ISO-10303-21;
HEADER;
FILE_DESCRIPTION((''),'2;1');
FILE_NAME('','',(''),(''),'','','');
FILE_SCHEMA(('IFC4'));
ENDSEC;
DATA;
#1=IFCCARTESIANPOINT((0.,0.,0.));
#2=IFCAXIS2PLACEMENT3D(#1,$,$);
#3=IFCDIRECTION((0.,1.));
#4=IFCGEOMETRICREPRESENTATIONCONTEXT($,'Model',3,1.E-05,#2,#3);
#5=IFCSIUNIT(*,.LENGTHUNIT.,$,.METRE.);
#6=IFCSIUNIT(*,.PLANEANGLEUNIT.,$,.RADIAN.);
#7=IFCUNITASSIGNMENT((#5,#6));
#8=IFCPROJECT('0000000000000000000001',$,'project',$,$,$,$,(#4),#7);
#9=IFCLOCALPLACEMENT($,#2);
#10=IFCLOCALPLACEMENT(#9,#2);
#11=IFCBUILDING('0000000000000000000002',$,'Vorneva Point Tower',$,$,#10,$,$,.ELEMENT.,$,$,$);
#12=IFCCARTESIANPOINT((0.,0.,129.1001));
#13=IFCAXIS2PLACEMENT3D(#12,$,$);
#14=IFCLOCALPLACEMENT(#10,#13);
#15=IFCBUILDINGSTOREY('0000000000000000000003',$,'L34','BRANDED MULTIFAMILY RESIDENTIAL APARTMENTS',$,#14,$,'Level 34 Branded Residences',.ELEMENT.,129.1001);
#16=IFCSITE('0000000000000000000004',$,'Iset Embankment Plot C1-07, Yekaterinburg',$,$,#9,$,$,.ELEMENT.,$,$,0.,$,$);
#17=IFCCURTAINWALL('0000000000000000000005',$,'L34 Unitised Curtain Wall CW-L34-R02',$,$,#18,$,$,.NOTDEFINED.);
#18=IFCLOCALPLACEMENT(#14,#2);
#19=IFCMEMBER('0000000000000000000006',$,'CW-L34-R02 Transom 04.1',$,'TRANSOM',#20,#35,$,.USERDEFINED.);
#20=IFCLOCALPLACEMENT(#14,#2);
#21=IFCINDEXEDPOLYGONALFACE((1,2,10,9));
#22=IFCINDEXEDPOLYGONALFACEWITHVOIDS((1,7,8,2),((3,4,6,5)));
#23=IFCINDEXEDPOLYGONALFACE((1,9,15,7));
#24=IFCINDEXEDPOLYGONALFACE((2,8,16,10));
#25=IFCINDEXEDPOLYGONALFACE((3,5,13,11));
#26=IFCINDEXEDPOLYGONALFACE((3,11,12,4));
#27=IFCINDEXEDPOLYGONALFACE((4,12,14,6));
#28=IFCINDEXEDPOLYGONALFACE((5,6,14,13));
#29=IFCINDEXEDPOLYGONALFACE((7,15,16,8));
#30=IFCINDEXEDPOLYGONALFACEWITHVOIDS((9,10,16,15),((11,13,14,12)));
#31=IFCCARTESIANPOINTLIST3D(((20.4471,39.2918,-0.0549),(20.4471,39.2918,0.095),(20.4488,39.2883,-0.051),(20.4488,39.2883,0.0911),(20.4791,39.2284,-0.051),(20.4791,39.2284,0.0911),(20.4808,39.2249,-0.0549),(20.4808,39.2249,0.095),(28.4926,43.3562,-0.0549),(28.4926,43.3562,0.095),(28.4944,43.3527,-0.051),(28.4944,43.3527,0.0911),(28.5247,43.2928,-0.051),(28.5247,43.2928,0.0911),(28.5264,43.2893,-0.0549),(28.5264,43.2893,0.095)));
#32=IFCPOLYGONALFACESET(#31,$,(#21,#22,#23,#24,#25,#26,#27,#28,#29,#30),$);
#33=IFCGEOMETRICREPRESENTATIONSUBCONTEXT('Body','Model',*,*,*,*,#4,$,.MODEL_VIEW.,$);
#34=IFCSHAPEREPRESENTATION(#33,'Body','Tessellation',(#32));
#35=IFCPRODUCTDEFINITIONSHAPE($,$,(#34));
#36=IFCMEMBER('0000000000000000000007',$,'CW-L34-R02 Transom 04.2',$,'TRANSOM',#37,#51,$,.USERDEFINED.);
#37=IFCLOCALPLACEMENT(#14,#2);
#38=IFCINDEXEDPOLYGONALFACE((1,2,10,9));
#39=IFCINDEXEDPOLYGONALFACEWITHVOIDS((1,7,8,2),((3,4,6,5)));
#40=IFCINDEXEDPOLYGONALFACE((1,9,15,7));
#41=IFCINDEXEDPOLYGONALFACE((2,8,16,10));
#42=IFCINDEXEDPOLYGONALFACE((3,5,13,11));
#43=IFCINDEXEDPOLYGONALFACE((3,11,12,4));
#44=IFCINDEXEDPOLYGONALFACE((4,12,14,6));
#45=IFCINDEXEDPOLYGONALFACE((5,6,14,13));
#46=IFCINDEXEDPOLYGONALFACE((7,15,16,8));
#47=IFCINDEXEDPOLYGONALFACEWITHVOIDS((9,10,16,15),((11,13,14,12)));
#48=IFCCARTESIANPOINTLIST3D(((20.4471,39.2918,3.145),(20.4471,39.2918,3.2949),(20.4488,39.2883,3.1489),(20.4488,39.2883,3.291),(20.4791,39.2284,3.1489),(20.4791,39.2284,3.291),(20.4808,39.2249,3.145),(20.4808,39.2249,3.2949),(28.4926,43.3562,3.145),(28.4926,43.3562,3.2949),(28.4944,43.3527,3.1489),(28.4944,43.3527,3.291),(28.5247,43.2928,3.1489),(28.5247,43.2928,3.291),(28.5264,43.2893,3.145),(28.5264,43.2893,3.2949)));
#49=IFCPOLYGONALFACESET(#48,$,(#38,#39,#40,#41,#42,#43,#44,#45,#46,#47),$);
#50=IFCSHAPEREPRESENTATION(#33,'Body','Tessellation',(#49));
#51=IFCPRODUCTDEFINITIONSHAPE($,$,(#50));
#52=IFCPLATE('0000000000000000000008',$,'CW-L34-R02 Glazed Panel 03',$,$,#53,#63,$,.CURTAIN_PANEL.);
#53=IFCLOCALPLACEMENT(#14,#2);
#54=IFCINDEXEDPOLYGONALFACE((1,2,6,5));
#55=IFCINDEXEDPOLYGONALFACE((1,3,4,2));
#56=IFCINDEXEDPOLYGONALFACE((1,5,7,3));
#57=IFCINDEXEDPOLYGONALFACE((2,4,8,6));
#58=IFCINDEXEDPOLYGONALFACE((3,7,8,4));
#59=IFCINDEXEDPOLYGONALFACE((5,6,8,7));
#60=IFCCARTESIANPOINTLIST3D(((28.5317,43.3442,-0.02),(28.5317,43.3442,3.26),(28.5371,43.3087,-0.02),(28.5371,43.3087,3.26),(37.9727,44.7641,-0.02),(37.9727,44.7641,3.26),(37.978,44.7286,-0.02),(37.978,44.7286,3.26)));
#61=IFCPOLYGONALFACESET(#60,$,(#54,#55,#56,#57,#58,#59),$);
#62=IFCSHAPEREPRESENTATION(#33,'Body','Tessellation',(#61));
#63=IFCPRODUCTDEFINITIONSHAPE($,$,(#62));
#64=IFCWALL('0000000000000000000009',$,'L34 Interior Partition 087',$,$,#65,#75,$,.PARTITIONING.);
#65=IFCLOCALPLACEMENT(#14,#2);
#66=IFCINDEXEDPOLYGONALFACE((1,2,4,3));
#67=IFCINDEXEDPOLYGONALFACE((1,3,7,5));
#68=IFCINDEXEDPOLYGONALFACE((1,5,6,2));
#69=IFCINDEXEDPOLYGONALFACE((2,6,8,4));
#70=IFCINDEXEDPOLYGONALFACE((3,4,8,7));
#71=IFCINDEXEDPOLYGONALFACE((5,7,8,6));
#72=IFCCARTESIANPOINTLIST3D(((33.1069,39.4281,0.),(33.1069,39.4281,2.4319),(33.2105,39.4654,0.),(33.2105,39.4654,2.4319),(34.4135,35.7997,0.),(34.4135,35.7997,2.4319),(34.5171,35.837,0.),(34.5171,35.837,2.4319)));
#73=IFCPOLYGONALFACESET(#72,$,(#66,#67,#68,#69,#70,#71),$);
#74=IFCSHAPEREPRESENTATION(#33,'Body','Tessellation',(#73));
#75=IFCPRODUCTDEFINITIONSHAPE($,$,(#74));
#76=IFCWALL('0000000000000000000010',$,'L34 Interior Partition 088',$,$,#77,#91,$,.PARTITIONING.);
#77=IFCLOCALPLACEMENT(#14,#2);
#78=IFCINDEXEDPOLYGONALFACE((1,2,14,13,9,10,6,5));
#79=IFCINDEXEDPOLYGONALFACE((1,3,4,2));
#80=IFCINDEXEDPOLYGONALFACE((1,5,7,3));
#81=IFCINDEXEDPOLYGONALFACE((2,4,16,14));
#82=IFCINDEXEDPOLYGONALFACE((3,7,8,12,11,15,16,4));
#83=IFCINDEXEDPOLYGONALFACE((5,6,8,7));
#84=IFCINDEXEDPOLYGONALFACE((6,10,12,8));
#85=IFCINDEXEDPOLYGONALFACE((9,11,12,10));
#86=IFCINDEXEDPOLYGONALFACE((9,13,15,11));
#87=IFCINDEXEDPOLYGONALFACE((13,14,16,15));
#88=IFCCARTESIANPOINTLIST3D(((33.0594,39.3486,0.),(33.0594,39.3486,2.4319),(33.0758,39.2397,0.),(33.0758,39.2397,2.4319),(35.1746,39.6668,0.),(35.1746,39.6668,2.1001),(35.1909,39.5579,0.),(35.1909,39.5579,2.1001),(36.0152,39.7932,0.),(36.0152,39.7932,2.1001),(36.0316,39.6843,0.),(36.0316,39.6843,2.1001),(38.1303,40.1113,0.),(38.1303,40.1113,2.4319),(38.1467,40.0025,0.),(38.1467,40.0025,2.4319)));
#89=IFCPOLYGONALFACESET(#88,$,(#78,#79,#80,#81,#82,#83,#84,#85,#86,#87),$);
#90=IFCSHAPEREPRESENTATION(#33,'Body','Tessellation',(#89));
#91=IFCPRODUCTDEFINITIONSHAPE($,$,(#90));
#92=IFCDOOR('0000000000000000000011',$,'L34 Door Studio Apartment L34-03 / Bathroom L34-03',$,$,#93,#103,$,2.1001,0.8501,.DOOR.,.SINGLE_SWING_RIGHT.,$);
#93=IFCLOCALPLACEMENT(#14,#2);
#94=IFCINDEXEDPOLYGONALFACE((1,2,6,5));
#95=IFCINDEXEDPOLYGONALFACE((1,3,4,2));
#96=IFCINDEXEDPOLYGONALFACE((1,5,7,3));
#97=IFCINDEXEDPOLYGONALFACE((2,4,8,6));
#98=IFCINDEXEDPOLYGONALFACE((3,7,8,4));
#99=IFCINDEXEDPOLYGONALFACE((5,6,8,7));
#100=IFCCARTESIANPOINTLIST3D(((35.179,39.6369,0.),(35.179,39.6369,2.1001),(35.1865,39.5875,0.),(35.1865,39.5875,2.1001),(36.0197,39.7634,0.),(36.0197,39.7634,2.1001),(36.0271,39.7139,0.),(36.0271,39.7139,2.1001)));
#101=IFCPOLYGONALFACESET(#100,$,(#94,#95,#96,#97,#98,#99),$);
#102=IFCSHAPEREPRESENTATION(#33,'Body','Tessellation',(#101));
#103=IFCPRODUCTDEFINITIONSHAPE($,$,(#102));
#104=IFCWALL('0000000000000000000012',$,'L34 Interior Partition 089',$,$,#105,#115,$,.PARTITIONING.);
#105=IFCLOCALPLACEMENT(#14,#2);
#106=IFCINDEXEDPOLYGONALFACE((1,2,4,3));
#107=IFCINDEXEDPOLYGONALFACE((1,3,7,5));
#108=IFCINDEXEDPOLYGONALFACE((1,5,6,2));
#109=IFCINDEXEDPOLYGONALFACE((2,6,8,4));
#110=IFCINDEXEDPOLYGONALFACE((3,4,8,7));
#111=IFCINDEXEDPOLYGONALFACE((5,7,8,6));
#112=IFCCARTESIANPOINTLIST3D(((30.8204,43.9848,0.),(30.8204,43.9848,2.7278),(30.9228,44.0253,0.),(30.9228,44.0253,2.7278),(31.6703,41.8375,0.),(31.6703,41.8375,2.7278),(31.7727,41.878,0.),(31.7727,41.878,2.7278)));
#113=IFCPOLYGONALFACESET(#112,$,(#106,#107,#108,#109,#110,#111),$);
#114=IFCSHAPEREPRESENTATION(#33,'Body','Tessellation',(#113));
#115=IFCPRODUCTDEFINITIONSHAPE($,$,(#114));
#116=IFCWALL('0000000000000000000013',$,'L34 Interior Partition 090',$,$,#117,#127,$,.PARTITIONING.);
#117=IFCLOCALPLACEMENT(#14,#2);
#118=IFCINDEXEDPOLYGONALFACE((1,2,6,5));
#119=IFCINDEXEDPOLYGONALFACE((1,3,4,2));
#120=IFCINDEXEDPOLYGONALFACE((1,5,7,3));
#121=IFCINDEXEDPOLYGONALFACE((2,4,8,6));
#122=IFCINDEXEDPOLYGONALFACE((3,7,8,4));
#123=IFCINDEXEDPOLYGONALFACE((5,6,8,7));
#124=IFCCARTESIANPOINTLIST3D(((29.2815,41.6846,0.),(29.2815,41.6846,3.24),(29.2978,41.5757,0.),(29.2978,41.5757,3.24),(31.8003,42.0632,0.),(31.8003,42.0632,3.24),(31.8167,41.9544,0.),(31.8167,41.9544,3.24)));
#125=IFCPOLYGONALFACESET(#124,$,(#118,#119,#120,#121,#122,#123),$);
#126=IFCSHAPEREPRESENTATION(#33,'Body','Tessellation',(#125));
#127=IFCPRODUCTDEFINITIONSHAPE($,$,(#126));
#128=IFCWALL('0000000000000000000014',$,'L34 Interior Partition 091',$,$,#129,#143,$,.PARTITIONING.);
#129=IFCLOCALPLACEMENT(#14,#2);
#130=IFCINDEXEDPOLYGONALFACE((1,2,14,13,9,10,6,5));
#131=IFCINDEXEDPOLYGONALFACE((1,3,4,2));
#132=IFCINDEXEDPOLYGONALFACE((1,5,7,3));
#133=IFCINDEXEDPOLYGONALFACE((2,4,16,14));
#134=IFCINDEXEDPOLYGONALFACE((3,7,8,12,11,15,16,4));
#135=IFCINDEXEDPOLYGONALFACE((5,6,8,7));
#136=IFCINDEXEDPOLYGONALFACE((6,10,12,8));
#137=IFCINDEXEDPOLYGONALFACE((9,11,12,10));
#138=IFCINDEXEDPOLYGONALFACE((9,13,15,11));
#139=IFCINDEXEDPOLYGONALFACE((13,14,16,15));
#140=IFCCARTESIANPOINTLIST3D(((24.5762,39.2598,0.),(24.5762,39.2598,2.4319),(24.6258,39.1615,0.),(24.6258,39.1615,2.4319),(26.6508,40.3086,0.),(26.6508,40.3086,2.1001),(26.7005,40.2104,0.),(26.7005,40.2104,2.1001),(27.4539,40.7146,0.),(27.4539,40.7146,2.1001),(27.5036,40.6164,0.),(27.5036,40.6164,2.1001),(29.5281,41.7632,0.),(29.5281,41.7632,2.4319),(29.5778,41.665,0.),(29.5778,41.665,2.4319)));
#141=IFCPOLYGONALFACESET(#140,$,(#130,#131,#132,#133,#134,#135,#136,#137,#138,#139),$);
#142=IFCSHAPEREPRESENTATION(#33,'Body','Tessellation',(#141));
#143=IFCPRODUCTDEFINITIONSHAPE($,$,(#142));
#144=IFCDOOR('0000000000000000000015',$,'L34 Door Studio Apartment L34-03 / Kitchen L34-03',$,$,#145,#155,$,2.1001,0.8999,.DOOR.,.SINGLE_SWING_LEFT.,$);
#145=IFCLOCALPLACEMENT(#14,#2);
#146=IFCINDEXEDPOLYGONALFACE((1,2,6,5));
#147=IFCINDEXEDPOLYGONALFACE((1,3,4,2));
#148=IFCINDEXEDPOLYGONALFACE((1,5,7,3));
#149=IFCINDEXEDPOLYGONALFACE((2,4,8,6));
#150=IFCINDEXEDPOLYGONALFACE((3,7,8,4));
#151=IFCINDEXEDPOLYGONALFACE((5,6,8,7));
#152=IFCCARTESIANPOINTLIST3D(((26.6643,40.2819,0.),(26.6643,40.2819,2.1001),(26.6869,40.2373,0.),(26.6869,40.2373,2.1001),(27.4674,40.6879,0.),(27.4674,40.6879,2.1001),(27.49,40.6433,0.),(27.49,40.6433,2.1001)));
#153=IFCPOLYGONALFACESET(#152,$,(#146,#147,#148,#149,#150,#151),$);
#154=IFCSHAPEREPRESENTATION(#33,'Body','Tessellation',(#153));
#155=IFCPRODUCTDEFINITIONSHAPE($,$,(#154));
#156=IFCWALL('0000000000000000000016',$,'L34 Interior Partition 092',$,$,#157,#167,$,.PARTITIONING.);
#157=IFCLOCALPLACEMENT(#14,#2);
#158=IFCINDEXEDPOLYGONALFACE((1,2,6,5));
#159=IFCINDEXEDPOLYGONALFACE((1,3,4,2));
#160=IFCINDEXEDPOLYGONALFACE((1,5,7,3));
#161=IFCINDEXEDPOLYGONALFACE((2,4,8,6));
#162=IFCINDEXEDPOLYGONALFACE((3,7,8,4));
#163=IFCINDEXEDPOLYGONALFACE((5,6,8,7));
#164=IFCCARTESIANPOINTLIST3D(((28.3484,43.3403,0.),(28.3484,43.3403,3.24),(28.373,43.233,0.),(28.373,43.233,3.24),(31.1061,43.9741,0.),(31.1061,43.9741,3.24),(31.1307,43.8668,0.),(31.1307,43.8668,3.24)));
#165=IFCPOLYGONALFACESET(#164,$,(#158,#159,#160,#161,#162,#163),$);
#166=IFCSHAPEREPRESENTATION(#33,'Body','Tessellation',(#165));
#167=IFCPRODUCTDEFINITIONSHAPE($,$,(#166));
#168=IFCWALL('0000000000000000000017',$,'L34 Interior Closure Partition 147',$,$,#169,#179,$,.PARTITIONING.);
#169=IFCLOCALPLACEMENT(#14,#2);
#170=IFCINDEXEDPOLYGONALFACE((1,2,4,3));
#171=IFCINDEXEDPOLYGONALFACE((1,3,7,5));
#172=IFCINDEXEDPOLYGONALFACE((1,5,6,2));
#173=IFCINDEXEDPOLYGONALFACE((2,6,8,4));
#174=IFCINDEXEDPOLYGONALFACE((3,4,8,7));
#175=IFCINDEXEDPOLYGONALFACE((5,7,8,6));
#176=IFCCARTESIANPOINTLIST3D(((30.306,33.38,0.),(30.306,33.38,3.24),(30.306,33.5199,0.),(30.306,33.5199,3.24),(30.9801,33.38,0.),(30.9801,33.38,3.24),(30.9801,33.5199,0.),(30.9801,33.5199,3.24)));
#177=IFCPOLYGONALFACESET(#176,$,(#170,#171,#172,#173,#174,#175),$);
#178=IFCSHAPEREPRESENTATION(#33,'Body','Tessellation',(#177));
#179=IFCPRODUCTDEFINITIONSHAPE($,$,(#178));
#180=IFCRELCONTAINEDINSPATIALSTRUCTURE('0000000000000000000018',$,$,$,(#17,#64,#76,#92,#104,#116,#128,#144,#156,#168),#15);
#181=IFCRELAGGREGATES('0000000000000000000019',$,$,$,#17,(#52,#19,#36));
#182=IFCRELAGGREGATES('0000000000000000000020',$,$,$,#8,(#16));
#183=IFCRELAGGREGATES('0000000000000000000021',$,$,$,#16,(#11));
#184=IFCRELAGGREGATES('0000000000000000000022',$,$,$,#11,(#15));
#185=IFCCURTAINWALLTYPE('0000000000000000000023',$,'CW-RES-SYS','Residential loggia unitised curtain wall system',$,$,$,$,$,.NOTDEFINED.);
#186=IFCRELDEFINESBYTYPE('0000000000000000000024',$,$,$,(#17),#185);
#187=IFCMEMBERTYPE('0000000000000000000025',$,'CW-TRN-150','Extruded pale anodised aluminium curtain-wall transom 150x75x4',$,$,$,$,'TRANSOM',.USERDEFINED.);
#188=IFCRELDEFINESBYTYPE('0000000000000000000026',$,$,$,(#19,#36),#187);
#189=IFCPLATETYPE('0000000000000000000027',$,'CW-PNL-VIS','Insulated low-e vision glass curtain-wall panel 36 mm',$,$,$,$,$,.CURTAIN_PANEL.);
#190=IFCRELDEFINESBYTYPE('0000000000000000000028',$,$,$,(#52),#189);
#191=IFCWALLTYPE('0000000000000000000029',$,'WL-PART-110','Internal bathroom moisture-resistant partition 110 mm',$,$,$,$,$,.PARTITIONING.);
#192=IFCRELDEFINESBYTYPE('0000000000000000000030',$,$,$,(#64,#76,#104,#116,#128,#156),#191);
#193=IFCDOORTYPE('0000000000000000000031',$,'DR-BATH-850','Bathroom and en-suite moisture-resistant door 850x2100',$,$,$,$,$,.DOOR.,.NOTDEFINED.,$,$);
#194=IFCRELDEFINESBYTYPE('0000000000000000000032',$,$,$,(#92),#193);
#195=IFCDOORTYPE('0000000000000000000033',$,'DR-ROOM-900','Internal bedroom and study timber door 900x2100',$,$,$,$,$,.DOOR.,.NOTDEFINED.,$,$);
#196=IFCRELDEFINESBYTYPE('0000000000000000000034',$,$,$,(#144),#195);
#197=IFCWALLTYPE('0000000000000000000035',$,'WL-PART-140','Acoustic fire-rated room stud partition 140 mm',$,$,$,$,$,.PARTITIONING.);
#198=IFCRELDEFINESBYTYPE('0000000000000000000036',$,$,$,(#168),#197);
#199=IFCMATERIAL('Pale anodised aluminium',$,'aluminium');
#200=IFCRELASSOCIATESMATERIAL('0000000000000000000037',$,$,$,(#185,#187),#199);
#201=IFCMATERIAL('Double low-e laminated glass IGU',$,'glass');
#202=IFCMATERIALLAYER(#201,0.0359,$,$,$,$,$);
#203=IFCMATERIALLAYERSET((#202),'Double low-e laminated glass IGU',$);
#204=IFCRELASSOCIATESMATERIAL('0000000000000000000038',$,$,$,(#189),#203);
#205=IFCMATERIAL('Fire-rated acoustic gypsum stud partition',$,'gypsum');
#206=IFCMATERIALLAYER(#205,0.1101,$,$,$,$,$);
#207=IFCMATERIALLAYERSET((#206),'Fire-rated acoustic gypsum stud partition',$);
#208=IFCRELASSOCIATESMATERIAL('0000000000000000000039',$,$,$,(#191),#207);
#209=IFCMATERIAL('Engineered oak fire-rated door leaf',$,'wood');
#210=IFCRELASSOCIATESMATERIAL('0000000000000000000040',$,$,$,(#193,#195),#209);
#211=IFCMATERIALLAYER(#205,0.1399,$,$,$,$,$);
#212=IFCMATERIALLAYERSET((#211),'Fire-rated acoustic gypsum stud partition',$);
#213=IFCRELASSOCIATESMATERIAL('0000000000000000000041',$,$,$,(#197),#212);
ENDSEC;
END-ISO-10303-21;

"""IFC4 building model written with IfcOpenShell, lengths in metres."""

from ifc_helpers import new_model, si_unit, direction, frame, frame_2d, origin, origin_2d, place, context, subcontext, project, spatial, rectangle, hollow_rectangle, extrude, material, layer, layer_set, material_profile, profile_set, type_object, element, fill, aggregate, save


model = new_model("IFC4")

# Units and contexts
model_context = context("Model", 3, precision=1e-05, world=origin(), true_north=direction((0.0, 1.0)))
body_context = subcontext(model_context, "Body", "Model", "MODEL_VIEW")
ifc_project = project(units=[si_unit("LENGTHUNIT", "METRE"), si_unit("PLANEANGLEUNIT", "RADIAN")], contexts=[model_context])

# Site, building, storey
site_placement = place(None, origin())
site = spatial("IfcSite", under=ifc_project, at=site_placement, Name="Iset Embankment Plot C1-07, Yekaterinburg", CompositionType="ELEMENT", RefElevation=0.0)
building_placement = place(site_placement, origin())
building = spatial("IfcBuilding", under=site, at=building_placement, Name="Vorneva Point Tower", CompositionType="ELEMENT")
storey_placement = place(building_placement, frame((0.0, 0.0, 129.1001)))
storey = spatial("IfcBuildingStorey", under=building, at=storey_placement, Name="L34", Description="BRANDED MULTIFAMILY RESIDENTIAL APARTMENTS", LongName="Level 34 Branded Residences", CompositionType="ELEMENT", Elevation=129.1001)

# Curtain wall, members, plate
ifc_material_1 = material(Name="Pale anodised aluminium", Category="aluminium")
curtain_wall_type = type_object("IfcCurtainWallType", Name="CW-RES-SYS", Description="Residential loggia unitised curtain wall system", PredefinedType="NOTDEFINED", material=ifc_material_1)
curtain_wall_placement = place(storey_placement, origin())
curtain_wall = element("IfcCurtainWall", 1, at=curtain_wall_placement, inside=storey, type_object=curtain_wall_type, Name="L34 Unitised Curtain Wall CW-L34-R02", PredefinedType="NOTDEFINED")
ifc_material_profile_1 = material_profile(ifc_material_1, hollow_rectangle(XDim=0.075, YDim=0.1499, WallThickness=0.0039, at=origin_2d()), Name="AL-TRN 150x75x4")
ifc_profile_set_1 = profile_set([ifc_material_profile_1], Name="Pale anodised aluminium")
member_type_1 = type_object("IfcMemberType", Name="CW-TRN-150", Description="Extruded pale anodised aluminium curtain-wall transom 150x75x4", ElementType="TRANSOM", PredefinedType="USERDEFINED", material=ifc_profile_set_1)
member_1_placement = place(storey_placement, frame((28.5095, 43.3228, 0.02), z_axis=(-0.892572, -0.450904, 0.0), x_axis=(0.450904, -0.892572, 0.0)))
member_1 = element("IfcMember", 2, at=member_1_placement, type_object=member_type_1, Name="CW-L34-R02 Transom 04.1", ObjectType="TRANSOM", PredefinedType="USERDEFINED", context=body_context, shape_type="SweptSolid", body=[
    extrude(hollow_rectangle(XDim=0.075, YDim=0.1499, WallThickness=0.0039, at=origin_2d()), origin(), (0.0, 0.0, 1.0), 9.0139),
])
member_2_placement = place(storey_placement, frame((28.5095, 43.3228, 3.22), z_axis=(-0.892572, -0.450904, 0.0), x_axis=(0.450904, -0.892572, 0.0)))
member_2 = element("IfcMember", 3, at=member_2_placement, type_object=member_type_1, Name="CW-L34-R02 Transom 04.2", ObjectType="TRANSOM", PredefinedType="USERDEFINED", context=body_context, shape_type="SweptSolid", body=[
    extrude(hollow_rectangle(XDim=0.075, YDim=0.1499, WallThickness=0.0039, at=origin_2d()), origin(), (0.0, 0.0, 1.0), 9.0139),
])
ifc_material_2 = material(Name="Double low-e laminated glass IGU", Category="glass")
ifc_layer_1 = layer(ifc_material_2, 0.0359)
ifc_layer_set_1 = layer_set([ifc_layer_1], Name="Double low-e laminated glass IGU")
plate_type = type_object("IfcPlateType", Name="CW-PNL-VIS", Description="Insulated low-e vision glass curtain-wall panel 36 mm", PredefinedType="CURTAIN_PANEL", material=ifc_layer_set_1)
plate_placement = place(storey_placement, frame((33.2549, 44.0364, -0.02), z_axis=(0.0, 0.0, 1.0), x_axis=(-0.988879, -0.148724, 0.0)))
plate = element("IfcPlate", 4, at=plate_placement, type_object=plate_type, Name="CW-L34-R02 Glazed Panel 03", PredefinedType="CURTAIN_PANEL", context=body_context, shape_type="SweptSolid", body=[
    extrude(rectangle(XDim=9.5471, YDim=0.0359, at=origin_2d()), origin(), (0.0, 0.0, 1.0), 3.28),
])
aggregate(curtain_wall, [plate, member_1, member_2])

# Wall
ifc_material_3 = material(Name="Fire-rated acoustic gypsum stud partition", Category="gypsum")
ifc_layer_2 = layer(ifc_material_3, 0.1101)
ifc_layer_set_2 = layer_set([ifc_layer_2], Name="Fire-rated acoustic gypsum stud partition")
wall_type_1 = type_object("IfcWallType", Name="WL-PART-110", Description="Internal bathroom moisture-resistant partition 110 mm", PredefinedType="PARTITIONING", material=ifc_layer_set_2)
wall_1_placement = place(storey_placement, frame((34.4653, 35.8184, 0.0), z_axis=(0.0, 0.0, 1.0), x_axis=(-0.338814, 0.940854, 0.0)))
element("IfcWall", 5, at=wall_1_placement, inside=storey, type_object=wall_type_1, Name="L34 Interior Partition 087", PredefinedType="PARTITIONING", context=body_context, shape_type="SweptSolid", body=[
    extrude(rectangle(XDim=3.8564, YDim=0.1101, at=frame_2d((1.9282, 0.0))), origin(), (0.0, 0.0, 1.0), 2.4319),
])

# Wall, opening, door
wall_2_placement = place(storey_placement, frame((33.0676, 39.2942, 0.0), z_axis=(0.0, 0.0, 1.0), x_axis=(0.988877, 0.148736, 0.0)))
wall_2 = element("IfcWall", 6, at=wall_2_placement, inside=storey, type_object=wall_type_1, Name="L34 Interior Partition 088", PredefinedType="PARTITIONING", context=body_context, shape_type="SweptSolid", body=[
    extrude(rectangle(XDim=5.1279, YDim=0.1101, at=frame_2d((2.564, 0.0))), origin(), (0.0, 0.0, 1.0), 2.4319),
])
opening_1_placement = place(wall_2_placement, frame((2.1389, 0.0, 0.0)))
opening_1 = element("IfcOpeningElement", 7, at=opening_1_placement, cuts=wall_2, PredefinedType="OPENING", context=body_context, shape_type="SweptSolid", body=[
    extrude(rectangle(XDim=0.8501, YDim=2.1001, at=frame_2d((0.425, 1.05))), frame((0.0, 0.0698, 0.0), z_axis=(0.0, -1.0, 0.0), x_axis=(1.0, 0.0, 0.0)), (0.0, 0.0, 1.0), 0.1399),
])
ifc_material_4 = material(Name="Engineered oak fire-rated door leaf", Category="wood")
door_type_1 = type_object("IfcDoorType", Name="DR-BATH-850", Description="Bathroom and en-suite moisture-resistant door 850x2100", OperationType="NOTDEFINED", PredefinedType="DOOR", material=ifc_material_4)
door_1_placement = place(opening_1_placement, origin())
door_1 = element("IfcDoor", 8, at=door_1_placement, inside=storey, type_object=door_type_1, Name="L34 Door Studio Apartment L34-03 / Bathroom L34-03", OperationType="SINGLE_SWING_RIGHT", OverallHeight=2.1001, OverallWidth=0.8501, PredefinedType="DOOR", context=body_context, shape_type="SweptSolid", body=[
    extrude(rectangle(XDim=0.8501, YDim=2.1001, at=frame_2d((0.425, 1.05))), frame((0.0, 0.0249, 0.0), z_axis=(0.0, -1.0, 0.0), x_axis=(1.0, 0.0, 0.0)), (0.0, 0.0, 1.0), 0.05),
])
fill(opening_1, door_1)

# Walls
wall_3_placement = place(storey_placement, frame((30.8716, 44.0051, 0.0), z_axis=(0.0, 0.0, 1.0), x_axis=(0.368016, -0.929819, 0.0)))
element("IfcWall", 9, at=wall_3_placement, inside=storey, type_object=wall_type_1, Name="L34 Interior Partition 089", PredefinedType="PARTITIONING", context=body_context, shape_type="SweptSolid", body=[
    extrude(rectangle(XDim=2.3093, YDim=0.1101, at=frame_2d((1.1548, 0.0))), origin(), (0.0, 0.0, 1.0), 2.7278),
])
wall_4_placement = place(storey_placement, frame((31.8083, 42.0088, 0.0), z_axis=(0.0, 0.0, 1.0), x_axis=(-0.988888, -0.148664, 0.0)))
element("IfcWall", 10, at=wall_4_placement, inside=storey, type_object=wall_type_1, Name="L34 Interior Partition 090", PredefinedType="PARTITIONING", context=body_context, shape_type="SweptSolid", body=[
    extrude(rectangle(XDim=2.5471, YDim=0.1101, at=frame_2d((1.2734, 0.0))), origin(), (0.0, 0.0, 1.0), 3.24),
])

# Wall, opening, door
wall_5_placement = place(storey_placement, frame((29.553, 41.7141, 0.0), z_axis=(0.0, 0.0, 1.0), x_axis=(-0.892438, -0.451169, 0.0)))
wall_5 = element("IfcWall", 11, at=wall_5_placement, inside=storey, type_object=wall_type_1, Name="L34 Interior Partition 091", PredefinedType="PARTITIONING", context=body_context, shape_type="SweptSolid", body=[
    extrude(rectangle(XDim=5.5488, YDim=0.1101, at=frame_2d((2.7744, 0.0))), origin(), (0.0, 0.0, 1.0), 2.4319),
])
opening_2_placement = place(wall_5_placement, frame((2.3242, 0.0, 0.0)))
opening_2 = element("IfcOpeningElement", 12, at=opening_2_placement, cuts=wall_5, PredefinedType="OPENING", context=body_context, shape_type="SweptSolid", body=[
    extrude(rectangle(XDim=0.8999, YDim=2.1001, at=frame_2d((0.45, 1.05))), frame((0.0, 0.0698, 0.0), z_axis=(0.0, -1.0, 0.0), x_axis=(1.0, 0.0, 0.0)), (0.0, 0.0, 1.0), 0.1399),
])
door_type_2 = type_object("IfcDoorType", Name="DR-ROOM-900", Description="Internal bedroom and study timber door 900x2100", OperationType="NOTDEFINED", PredefinedType="DOOR", material=ifc_material_4)
door_2_placement = place(opening_2_placement, origin())
door_2 = element("IfcDoor", 13, at=door_2_placement, inside=storey, type_object=door_type_2, Name="L34 Door Studio Apartment L34-03 / Kitchen L34-03", OperationType="SINGLE_SWING_LEFT", OverallHeight=2.1001, OverallWidth=0.8999, PredefinedType="DOOR", context=body_context, shape_type="SweptSolid", body=[
    extrude(rectangle(XDim=0.8999, YDim=2.1001, at=frame_2d((0.45, 1.05))), frame((0.0, 0.0249, 0.0), z_axis=(0.0, -1.0, 0.0), x_axis=(1.0, 0.0, 0.0)), (0.0, 0.0, 1.0), 0.05),
])
fill(opening_2, door_2)

# Walls
wall_6_placement = place(storey_placement, frame((31.1184, 43.9204, 0.0), z_axis=(0.0, 0.0, 1.0), x_axis=(-0.974594, -0.223977, 0.0)))
element("IfcWall", 14, at=wall_6_placement, inside=storey, type_object=wall_type_1, Name="L34 Interior Partition 092", PredefinedType="PARTITIONING", context=body_context, shape_type="SweptSolid", body=[
    extrude(rectangle(XDim=2.8296, YDim=0.1101, at=frame_2d((1.4148, 0.0))), origin(), (0.0, 0.0, 1.0), 3.24),
])
ifc_layer_3 = layer(ifc_material_3, 0.1399)
ifc_layer_set_3 = layer_set([ifc_layer_3], Name="Fire-rated acoustic gypsum stud partition")
wall_type_2 = type_object("IfcWallType", Name="WL-PART-140", Description="Acoustic fire-rated room stud partition 140 mm", PredefinedType="PARTITIONING", material=ifc_layer_set_3)
wall_7_placement = place(storey_placement, frame((30.98, 33.45, 0.0), z_axis=(0.0, 0.0, 1.0), x_axis=(-1.0, 0.0, 0.0)))
element("IfcWall", 15, at=wall_7_placement, inside=storey, type_object=wall_type_2, Name="L34 Interior Closure Partition 147", PredefinedType="PARTITIONING", context=body_context, shape_type="SweptSolid", body=[
    extrude(rectangle(XDim=0.6741, YDim=0.1399, at=frame_2d((0.3369, 0.0))), origin(), (0.0, 0.0, 1.0), 3.24),
])

save(model, "model.ifc")
